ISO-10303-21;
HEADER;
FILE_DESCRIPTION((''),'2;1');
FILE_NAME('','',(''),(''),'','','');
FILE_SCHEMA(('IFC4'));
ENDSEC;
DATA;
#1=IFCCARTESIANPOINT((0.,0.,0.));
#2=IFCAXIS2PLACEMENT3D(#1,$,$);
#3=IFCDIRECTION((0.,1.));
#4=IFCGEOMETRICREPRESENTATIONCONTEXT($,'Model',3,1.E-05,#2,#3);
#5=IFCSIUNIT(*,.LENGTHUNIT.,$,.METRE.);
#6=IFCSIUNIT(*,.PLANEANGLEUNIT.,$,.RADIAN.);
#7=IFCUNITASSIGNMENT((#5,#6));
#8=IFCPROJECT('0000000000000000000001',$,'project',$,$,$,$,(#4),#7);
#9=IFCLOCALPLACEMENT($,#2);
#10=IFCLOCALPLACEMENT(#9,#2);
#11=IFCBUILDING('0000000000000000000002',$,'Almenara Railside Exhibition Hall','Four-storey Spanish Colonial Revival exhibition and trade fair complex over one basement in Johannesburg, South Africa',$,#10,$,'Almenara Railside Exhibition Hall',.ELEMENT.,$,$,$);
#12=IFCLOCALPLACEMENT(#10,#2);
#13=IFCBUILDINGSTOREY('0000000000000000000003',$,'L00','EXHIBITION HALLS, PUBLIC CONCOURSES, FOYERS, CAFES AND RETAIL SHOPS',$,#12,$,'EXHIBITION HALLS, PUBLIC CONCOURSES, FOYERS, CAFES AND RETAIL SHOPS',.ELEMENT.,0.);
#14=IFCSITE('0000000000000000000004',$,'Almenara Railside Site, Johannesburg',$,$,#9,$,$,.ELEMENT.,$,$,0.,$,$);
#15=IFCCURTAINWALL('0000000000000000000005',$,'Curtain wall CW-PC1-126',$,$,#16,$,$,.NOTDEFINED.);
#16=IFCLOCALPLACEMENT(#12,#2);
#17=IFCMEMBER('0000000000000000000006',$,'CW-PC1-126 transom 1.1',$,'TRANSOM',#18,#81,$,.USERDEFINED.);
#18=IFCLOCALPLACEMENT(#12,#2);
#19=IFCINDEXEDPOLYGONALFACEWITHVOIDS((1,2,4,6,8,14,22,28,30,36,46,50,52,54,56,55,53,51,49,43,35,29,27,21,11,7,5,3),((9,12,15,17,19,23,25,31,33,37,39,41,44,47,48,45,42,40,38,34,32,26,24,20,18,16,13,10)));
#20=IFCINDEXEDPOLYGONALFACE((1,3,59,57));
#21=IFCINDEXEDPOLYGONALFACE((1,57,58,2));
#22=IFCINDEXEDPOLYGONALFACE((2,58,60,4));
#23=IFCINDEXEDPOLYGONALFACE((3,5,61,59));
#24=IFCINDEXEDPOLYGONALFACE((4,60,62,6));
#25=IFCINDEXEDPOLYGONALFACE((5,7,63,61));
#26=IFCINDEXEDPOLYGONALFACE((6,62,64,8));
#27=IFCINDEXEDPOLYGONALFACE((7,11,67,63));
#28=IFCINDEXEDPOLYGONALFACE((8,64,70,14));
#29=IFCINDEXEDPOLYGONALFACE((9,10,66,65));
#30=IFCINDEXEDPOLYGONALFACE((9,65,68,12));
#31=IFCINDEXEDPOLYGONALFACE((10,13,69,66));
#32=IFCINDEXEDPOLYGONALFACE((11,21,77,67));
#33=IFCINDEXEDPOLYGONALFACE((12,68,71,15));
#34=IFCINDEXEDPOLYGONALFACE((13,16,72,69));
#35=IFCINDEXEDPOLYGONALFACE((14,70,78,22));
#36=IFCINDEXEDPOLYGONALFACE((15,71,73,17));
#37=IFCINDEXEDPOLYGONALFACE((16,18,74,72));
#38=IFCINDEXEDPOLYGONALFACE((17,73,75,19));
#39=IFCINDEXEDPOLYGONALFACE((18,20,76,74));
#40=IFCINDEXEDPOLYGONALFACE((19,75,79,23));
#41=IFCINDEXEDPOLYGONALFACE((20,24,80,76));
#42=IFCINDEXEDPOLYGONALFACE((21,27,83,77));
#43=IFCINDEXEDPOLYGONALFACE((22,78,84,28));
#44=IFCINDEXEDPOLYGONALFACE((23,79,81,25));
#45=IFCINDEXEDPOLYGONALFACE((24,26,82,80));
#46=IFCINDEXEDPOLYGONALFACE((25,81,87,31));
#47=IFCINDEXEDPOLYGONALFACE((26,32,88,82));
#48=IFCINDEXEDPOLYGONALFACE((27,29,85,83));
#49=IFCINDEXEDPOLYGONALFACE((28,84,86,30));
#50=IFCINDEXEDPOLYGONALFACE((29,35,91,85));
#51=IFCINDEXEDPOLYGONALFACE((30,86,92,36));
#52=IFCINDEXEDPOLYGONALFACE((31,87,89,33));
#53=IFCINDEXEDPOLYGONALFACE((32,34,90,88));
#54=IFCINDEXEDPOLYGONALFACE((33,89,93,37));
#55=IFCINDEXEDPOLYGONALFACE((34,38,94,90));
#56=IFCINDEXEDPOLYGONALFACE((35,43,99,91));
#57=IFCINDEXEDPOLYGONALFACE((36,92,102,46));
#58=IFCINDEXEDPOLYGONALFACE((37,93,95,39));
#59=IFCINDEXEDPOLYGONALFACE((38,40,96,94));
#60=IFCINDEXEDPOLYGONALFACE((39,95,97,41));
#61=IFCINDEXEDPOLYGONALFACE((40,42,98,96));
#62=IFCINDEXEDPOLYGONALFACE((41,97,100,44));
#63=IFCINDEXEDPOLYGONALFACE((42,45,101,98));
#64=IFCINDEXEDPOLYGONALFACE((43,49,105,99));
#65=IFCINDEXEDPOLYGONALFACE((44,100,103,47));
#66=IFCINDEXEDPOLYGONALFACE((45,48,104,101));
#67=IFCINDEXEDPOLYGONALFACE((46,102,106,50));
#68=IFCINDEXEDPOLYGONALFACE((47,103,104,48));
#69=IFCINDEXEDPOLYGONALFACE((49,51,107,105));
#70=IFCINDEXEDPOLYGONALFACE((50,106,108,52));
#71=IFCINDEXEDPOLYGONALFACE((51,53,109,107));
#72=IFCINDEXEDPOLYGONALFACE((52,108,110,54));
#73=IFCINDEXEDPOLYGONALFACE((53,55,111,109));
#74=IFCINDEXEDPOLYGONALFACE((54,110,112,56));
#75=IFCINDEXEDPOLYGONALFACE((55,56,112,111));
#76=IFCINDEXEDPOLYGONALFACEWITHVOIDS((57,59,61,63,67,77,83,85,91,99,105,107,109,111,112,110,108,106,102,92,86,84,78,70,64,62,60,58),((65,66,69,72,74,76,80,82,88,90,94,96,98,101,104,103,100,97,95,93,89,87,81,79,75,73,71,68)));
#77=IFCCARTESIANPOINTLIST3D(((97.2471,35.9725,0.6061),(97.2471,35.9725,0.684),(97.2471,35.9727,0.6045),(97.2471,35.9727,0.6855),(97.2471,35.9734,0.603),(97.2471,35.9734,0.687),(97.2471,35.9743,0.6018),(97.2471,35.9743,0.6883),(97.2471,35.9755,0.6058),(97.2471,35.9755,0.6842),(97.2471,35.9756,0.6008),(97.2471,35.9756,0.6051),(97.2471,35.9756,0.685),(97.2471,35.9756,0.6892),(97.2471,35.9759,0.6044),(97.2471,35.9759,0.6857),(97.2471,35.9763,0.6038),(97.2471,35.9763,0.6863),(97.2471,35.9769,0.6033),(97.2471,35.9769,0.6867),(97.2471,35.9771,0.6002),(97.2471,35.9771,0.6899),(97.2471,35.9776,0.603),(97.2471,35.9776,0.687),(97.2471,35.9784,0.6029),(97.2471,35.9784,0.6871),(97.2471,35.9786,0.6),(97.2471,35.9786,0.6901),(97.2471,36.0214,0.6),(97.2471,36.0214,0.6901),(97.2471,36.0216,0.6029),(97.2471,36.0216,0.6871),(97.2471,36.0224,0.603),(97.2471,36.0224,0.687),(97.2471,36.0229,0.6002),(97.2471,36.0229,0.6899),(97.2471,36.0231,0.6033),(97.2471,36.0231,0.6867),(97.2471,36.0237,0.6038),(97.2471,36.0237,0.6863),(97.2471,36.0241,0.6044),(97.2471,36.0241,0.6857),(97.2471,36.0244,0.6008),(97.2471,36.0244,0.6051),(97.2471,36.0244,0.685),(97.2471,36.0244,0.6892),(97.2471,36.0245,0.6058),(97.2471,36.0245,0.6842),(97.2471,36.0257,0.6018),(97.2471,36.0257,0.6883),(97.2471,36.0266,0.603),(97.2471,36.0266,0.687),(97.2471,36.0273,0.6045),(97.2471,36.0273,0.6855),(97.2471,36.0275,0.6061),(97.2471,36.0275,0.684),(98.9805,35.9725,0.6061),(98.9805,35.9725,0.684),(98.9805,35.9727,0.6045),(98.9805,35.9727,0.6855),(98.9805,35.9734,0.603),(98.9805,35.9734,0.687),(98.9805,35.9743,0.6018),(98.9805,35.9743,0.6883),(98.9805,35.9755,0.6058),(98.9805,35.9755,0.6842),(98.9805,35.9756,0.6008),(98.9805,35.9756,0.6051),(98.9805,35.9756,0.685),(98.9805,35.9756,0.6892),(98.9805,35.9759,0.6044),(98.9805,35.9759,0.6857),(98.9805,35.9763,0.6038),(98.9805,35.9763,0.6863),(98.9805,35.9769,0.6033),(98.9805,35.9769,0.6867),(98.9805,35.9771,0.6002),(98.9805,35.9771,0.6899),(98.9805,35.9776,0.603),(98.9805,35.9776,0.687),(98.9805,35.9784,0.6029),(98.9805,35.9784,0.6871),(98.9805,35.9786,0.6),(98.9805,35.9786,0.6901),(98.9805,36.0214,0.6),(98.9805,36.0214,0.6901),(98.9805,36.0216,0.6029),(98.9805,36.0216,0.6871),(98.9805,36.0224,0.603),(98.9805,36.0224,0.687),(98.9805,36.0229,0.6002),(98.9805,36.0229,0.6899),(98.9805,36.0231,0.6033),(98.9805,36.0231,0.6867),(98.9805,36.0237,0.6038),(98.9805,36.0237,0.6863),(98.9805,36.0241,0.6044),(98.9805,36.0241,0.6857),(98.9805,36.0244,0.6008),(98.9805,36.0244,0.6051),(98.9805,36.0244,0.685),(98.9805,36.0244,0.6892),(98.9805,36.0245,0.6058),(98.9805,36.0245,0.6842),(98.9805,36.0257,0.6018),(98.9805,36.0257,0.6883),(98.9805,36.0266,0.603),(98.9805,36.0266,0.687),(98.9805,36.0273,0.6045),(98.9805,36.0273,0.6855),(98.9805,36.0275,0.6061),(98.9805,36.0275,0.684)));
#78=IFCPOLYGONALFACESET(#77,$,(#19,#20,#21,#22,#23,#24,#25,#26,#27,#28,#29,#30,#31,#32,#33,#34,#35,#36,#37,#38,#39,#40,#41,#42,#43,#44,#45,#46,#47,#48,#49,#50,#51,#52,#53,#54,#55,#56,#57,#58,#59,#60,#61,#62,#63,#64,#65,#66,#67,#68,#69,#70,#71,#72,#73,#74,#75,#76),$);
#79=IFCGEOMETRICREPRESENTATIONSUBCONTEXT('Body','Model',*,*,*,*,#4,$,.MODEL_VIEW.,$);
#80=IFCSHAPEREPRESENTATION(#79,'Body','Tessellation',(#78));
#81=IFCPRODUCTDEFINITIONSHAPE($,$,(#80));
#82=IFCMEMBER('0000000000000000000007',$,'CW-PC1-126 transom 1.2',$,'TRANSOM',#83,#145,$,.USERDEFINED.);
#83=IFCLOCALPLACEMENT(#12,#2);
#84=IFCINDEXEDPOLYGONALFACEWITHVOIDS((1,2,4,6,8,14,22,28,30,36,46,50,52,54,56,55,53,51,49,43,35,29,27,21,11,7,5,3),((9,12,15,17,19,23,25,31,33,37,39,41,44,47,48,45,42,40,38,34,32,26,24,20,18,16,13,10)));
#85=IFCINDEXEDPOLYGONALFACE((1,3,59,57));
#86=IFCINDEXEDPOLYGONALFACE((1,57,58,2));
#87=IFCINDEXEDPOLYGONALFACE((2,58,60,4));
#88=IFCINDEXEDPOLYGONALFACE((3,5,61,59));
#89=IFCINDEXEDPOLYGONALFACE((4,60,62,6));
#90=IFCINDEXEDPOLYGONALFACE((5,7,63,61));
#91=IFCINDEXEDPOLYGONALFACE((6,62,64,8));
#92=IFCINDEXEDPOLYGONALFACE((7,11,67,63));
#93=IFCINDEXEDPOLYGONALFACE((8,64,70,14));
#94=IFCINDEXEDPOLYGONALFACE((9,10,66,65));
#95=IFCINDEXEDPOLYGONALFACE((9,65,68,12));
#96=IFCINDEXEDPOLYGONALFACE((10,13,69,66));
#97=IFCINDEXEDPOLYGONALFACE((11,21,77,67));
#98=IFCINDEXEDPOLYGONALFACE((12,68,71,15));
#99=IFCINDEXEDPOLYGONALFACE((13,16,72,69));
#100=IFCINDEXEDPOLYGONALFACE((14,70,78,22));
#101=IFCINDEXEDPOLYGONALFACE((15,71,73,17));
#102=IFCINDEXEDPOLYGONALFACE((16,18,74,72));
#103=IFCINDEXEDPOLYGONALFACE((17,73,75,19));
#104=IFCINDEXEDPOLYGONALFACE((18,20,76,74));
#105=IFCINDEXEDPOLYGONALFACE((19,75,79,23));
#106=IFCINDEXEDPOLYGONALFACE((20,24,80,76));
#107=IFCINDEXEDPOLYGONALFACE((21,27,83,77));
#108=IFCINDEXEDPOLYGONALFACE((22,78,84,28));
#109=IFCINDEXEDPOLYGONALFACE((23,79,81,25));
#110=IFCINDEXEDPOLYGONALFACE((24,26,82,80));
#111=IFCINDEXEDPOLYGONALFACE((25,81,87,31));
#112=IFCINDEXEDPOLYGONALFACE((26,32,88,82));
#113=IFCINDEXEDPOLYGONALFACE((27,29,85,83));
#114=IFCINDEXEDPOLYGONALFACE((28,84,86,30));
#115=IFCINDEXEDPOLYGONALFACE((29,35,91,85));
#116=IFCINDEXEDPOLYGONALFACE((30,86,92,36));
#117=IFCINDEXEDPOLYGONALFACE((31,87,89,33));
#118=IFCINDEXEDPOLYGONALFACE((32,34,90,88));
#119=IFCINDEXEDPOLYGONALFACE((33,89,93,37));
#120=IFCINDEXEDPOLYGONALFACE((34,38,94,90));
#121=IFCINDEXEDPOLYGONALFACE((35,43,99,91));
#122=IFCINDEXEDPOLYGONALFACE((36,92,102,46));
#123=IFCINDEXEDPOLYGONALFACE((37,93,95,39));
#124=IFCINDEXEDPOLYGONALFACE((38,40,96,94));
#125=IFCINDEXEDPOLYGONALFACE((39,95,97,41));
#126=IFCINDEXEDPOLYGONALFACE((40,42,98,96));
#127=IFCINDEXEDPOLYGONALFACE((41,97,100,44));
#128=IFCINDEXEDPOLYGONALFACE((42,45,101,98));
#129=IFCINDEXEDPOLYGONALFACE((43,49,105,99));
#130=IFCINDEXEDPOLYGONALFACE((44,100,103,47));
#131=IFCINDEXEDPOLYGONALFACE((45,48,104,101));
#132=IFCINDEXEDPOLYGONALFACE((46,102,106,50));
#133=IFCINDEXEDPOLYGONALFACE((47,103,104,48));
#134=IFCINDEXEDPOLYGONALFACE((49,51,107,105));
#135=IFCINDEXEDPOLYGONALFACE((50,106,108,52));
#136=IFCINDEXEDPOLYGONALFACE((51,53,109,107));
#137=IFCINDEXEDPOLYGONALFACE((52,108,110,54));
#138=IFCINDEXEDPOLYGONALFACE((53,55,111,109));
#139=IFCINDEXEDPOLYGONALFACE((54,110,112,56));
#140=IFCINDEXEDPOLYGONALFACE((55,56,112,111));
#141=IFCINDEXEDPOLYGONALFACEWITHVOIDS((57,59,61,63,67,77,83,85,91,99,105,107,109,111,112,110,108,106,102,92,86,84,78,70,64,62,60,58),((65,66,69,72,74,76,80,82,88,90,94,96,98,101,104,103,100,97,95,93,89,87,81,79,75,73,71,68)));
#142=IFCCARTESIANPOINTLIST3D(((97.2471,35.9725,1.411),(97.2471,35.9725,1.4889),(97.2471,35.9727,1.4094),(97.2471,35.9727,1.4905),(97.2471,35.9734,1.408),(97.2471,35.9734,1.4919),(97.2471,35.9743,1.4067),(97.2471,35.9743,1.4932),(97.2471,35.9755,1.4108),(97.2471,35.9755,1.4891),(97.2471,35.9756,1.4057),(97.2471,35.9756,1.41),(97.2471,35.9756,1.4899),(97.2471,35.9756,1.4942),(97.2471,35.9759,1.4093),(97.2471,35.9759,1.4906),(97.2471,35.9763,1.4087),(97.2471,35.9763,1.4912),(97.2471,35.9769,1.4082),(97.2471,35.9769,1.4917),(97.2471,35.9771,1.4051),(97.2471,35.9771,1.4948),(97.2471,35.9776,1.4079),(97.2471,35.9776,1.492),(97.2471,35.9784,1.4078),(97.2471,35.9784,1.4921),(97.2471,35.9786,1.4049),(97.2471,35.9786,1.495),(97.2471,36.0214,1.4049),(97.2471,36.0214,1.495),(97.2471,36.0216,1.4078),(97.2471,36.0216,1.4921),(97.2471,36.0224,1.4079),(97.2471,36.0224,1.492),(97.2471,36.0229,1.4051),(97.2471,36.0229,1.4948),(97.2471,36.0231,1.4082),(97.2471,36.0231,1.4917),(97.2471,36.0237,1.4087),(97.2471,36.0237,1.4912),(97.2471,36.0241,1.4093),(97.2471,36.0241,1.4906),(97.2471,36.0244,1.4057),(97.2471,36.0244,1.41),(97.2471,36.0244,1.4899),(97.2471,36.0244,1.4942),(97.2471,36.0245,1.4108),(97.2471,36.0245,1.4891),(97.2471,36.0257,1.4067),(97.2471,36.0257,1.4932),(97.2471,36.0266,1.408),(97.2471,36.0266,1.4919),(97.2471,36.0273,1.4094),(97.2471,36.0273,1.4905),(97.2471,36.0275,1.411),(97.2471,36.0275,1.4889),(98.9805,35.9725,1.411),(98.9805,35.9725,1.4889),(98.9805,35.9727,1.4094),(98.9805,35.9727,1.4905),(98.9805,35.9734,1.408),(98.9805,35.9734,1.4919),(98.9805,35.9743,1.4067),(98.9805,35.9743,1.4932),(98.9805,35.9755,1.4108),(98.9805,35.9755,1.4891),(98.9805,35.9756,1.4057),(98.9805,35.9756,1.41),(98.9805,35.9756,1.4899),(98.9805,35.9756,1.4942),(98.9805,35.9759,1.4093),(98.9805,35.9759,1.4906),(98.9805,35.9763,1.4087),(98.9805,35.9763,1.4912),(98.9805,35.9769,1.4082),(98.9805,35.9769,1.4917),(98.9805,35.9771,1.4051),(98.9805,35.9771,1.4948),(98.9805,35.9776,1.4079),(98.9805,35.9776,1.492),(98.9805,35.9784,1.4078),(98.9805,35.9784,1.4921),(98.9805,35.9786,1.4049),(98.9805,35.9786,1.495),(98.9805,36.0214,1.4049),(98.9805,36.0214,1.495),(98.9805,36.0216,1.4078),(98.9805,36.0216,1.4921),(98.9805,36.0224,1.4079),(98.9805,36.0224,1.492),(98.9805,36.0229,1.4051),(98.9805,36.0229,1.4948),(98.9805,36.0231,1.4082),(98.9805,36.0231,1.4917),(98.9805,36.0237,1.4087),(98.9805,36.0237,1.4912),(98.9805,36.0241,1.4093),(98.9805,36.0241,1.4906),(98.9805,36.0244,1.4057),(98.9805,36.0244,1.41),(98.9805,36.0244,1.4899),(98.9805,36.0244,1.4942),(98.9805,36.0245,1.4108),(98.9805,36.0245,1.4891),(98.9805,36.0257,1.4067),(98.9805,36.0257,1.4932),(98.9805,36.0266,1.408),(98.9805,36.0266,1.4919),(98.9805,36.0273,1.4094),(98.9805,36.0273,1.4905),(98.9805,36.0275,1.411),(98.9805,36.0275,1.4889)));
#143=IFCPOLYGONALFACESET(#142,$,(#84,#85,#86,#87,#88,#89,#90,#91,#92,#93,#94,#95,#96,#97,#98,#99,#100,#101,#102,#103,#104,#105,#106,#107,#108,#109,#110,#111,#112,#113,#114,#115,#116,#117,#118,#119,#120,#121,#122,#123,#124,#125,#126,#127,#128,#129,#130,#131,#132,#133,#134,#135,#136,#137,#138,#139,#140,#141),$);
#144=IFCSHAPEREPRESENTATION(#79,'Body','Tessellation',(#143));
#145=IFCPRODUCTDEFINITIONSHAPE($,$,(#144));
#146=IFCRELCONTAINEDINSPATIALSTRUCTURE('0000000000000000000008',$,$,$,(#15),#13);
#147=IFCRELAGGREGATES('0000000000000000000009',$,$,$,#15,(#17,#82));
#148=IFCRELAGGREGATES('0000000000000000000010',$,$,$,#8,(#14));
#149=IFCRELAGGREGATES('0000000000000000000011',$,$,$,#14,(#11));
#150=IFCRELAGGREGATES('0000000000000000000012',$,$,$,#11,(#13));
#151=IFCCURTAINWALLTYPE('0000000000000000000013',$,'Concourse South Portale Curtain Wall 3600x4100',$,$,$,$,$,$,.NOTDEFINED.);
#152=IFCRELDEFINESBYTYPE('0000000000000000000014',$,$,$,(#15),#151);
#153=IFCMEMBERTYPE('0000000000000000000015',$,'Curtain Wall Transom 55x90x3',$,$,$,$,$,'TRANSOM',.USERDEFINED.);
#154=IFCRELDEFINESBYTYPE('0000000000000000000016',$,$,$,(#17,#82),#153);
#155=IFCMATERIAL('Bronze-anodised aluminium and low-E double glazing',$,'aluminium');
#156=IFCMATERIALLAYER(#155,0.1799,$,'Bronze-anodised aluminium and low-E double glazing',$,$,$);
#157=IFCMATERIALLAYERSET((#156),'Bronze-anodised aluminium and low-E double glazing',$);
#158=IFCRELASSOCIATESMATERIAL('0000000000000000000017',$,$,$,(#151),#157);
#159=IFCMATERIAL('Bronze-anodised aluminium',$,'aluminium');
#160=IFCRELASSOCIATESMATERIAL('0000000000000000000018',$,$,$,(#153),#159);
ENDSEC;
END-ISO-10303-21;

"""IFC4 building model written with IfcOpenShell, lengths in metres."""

from ifc_helpers import new_model, si_unit, direction, frame, origin, origin_2d, place, context, subcontext, project, spatial, hollow_rectangle, extrude, material, layer, layer_set, material_profile, profile_set, type_object, element, aggregate, save


model = new_model("IFC4")

# Units and contexts
model_context = context("Model", 3, precision=1e-05, world=origin(), true_north=direction((0.0, 1.0)))
body_context = subcontext(model_context, "Body", "Model", "MODEL_VIEW")
ifc_project = project(units=[si_unit("LENGTHUNIT", "METRE"), si_unit("PLANEANGLEUNIT", "RADIAN")], contexts=[model_context])

# Site, building, storey
site_placement = place(None, origin())
site = spatial("IfcSite", under=ifc_project, at=site_placement, Name="Almenara Railside Site, Johannesburg", CompositionType="ELEMENT", RefElevation=0.0)
building_placement = place(site_placement, origin())
building = spatial("IfcBuilding", under=site, at=building_placement, Name="Almenara Railside Exhibition Hall", Description="Four-storey Spanish Colonial Revival exhibition and trade fair complex over one basement in Johannesburg, South Africa", LongName="Almenara Railside Exhibition Hall", CompositionType="ELEMENT")
storey_placement = place(building_placement, origin())
storey = spatial("IfcBuildingStorey", under=building, at=storey_placement, Name="L00", Description="EXHIBITION HALLS, PUBLIC CONCOURSES, FOYERS, CAFES AND RETAIL SHOPS", LongName="EXHIBITION HALLS, PUBLIC CONCOURSES, FOYERS, CAFES AND RETAIL SHOPS", CompositionType="ELEMENT", Elevation=0.0)

# Curtain wall
ifc_material_1 = material(Name="Bronze-anodised aluminium and low-E double glazing", Category="aluminium")
ifc_layer_1 = layer(ifc_material_1, 0.1799, Name="Bronze-anodised aluminium and low-E double glazing")
ifc_layer_set_1 = layer_set([ifc_layer_1], Name="Bronze-anodised aluminium and low-E double glazing")
curtain_wall_type = type_object("IfcCurtainWallType", Name="Concourse South Portale Curtain Wall 3600x4100", PredefinedType="NOTDEFINED", material=ifc_layer_set_1)
curtain_wall_1_placement = place(storey_placement, origin())
curtain_wall_1 = element("IfcCurtainWall", 1, at=curtain_wall_1_placement, inside=storey, type_object=curtain_wall_type, Name="Curtain wall CW-PC1-126", PredefinedType="NOTDEFINED")
ifc_material_2 = material(Name="Bronze-anodised aluminium", Category="aluminium")

# Members
ifc_material_profile_1 = material_profile(ifc_material_2, hollow_rectangle(XDim=0.0549, YDim=0.0901, WallThickness=0.0029, InnerFilletRadius=0.0029, OuterFilletRadius=0.0061, at=origin_2d()), Name="ALU-TRN 55x90x3")
ifc_profile_set_1 = profile_set([ifc_material_profile_1], Name="Bronze-anodised aluminium")
member_type_1 = type_object("IfcMemberType", Name="Curtain Wall Transom 55x90x3", ElementType="TRANSOM", PredefinedType="USERDEFINED", material=ifc_profile_set_1)
member_1_placement = place(storey_placement, frame((97.2471, 36.0, 0.645), z_axis=(1.0, 0.0, 0.0), x_axis=(0.0, 1.0, 0.0)))
member_1 = element("IfcMember", 2, at=member_1_placement, type_object=member_type_1, Name="CW-PC1-126 transom 1.1", ObjectType="TRANSOM", PredefinedType="USERDEFINED", context=body_context, shape_type="SweptSolid", body=[
    extrude(hollow_rectangle(XDim=0.0549, YDim=0.0901, WallThickness=0.0029, InnerFilletRadius=0.0029, OuterFilletRadius=0.0061, at=origin_2d()), origin(), (0.0, 0.0, 1.0), 1.7334),
])
member_2_placement = place(storey_placement, frame((97.2471, 36.0, 1.45), z_axis=(1.0, 0.0, 0.0), x_axis=(0.0, 1.0, 0.0)))
member_2 = element("IfcMember", 3, at=member_2_placement, type_object=member_type_1, Name="CW-PC1-126 transom 1.2", ObjectType="TRANSOM", PredefinedType="USERDEFINED", context=body_context, shape_type="SweptSolid", body=[
    extrude(hollow_rectangle(XDim=0.0549, YDim=0.0901, WallThickness=0.0029, InnerFilletRadius=0.0029, OuterFilletRadius=0.0061, at=origin_2d()), origin(), (0.0, 0.0, 1.0), 1.7334),
])

aggregate(curtain_wall_1, [member_1, member_2])

save(model, "model.ifc")
